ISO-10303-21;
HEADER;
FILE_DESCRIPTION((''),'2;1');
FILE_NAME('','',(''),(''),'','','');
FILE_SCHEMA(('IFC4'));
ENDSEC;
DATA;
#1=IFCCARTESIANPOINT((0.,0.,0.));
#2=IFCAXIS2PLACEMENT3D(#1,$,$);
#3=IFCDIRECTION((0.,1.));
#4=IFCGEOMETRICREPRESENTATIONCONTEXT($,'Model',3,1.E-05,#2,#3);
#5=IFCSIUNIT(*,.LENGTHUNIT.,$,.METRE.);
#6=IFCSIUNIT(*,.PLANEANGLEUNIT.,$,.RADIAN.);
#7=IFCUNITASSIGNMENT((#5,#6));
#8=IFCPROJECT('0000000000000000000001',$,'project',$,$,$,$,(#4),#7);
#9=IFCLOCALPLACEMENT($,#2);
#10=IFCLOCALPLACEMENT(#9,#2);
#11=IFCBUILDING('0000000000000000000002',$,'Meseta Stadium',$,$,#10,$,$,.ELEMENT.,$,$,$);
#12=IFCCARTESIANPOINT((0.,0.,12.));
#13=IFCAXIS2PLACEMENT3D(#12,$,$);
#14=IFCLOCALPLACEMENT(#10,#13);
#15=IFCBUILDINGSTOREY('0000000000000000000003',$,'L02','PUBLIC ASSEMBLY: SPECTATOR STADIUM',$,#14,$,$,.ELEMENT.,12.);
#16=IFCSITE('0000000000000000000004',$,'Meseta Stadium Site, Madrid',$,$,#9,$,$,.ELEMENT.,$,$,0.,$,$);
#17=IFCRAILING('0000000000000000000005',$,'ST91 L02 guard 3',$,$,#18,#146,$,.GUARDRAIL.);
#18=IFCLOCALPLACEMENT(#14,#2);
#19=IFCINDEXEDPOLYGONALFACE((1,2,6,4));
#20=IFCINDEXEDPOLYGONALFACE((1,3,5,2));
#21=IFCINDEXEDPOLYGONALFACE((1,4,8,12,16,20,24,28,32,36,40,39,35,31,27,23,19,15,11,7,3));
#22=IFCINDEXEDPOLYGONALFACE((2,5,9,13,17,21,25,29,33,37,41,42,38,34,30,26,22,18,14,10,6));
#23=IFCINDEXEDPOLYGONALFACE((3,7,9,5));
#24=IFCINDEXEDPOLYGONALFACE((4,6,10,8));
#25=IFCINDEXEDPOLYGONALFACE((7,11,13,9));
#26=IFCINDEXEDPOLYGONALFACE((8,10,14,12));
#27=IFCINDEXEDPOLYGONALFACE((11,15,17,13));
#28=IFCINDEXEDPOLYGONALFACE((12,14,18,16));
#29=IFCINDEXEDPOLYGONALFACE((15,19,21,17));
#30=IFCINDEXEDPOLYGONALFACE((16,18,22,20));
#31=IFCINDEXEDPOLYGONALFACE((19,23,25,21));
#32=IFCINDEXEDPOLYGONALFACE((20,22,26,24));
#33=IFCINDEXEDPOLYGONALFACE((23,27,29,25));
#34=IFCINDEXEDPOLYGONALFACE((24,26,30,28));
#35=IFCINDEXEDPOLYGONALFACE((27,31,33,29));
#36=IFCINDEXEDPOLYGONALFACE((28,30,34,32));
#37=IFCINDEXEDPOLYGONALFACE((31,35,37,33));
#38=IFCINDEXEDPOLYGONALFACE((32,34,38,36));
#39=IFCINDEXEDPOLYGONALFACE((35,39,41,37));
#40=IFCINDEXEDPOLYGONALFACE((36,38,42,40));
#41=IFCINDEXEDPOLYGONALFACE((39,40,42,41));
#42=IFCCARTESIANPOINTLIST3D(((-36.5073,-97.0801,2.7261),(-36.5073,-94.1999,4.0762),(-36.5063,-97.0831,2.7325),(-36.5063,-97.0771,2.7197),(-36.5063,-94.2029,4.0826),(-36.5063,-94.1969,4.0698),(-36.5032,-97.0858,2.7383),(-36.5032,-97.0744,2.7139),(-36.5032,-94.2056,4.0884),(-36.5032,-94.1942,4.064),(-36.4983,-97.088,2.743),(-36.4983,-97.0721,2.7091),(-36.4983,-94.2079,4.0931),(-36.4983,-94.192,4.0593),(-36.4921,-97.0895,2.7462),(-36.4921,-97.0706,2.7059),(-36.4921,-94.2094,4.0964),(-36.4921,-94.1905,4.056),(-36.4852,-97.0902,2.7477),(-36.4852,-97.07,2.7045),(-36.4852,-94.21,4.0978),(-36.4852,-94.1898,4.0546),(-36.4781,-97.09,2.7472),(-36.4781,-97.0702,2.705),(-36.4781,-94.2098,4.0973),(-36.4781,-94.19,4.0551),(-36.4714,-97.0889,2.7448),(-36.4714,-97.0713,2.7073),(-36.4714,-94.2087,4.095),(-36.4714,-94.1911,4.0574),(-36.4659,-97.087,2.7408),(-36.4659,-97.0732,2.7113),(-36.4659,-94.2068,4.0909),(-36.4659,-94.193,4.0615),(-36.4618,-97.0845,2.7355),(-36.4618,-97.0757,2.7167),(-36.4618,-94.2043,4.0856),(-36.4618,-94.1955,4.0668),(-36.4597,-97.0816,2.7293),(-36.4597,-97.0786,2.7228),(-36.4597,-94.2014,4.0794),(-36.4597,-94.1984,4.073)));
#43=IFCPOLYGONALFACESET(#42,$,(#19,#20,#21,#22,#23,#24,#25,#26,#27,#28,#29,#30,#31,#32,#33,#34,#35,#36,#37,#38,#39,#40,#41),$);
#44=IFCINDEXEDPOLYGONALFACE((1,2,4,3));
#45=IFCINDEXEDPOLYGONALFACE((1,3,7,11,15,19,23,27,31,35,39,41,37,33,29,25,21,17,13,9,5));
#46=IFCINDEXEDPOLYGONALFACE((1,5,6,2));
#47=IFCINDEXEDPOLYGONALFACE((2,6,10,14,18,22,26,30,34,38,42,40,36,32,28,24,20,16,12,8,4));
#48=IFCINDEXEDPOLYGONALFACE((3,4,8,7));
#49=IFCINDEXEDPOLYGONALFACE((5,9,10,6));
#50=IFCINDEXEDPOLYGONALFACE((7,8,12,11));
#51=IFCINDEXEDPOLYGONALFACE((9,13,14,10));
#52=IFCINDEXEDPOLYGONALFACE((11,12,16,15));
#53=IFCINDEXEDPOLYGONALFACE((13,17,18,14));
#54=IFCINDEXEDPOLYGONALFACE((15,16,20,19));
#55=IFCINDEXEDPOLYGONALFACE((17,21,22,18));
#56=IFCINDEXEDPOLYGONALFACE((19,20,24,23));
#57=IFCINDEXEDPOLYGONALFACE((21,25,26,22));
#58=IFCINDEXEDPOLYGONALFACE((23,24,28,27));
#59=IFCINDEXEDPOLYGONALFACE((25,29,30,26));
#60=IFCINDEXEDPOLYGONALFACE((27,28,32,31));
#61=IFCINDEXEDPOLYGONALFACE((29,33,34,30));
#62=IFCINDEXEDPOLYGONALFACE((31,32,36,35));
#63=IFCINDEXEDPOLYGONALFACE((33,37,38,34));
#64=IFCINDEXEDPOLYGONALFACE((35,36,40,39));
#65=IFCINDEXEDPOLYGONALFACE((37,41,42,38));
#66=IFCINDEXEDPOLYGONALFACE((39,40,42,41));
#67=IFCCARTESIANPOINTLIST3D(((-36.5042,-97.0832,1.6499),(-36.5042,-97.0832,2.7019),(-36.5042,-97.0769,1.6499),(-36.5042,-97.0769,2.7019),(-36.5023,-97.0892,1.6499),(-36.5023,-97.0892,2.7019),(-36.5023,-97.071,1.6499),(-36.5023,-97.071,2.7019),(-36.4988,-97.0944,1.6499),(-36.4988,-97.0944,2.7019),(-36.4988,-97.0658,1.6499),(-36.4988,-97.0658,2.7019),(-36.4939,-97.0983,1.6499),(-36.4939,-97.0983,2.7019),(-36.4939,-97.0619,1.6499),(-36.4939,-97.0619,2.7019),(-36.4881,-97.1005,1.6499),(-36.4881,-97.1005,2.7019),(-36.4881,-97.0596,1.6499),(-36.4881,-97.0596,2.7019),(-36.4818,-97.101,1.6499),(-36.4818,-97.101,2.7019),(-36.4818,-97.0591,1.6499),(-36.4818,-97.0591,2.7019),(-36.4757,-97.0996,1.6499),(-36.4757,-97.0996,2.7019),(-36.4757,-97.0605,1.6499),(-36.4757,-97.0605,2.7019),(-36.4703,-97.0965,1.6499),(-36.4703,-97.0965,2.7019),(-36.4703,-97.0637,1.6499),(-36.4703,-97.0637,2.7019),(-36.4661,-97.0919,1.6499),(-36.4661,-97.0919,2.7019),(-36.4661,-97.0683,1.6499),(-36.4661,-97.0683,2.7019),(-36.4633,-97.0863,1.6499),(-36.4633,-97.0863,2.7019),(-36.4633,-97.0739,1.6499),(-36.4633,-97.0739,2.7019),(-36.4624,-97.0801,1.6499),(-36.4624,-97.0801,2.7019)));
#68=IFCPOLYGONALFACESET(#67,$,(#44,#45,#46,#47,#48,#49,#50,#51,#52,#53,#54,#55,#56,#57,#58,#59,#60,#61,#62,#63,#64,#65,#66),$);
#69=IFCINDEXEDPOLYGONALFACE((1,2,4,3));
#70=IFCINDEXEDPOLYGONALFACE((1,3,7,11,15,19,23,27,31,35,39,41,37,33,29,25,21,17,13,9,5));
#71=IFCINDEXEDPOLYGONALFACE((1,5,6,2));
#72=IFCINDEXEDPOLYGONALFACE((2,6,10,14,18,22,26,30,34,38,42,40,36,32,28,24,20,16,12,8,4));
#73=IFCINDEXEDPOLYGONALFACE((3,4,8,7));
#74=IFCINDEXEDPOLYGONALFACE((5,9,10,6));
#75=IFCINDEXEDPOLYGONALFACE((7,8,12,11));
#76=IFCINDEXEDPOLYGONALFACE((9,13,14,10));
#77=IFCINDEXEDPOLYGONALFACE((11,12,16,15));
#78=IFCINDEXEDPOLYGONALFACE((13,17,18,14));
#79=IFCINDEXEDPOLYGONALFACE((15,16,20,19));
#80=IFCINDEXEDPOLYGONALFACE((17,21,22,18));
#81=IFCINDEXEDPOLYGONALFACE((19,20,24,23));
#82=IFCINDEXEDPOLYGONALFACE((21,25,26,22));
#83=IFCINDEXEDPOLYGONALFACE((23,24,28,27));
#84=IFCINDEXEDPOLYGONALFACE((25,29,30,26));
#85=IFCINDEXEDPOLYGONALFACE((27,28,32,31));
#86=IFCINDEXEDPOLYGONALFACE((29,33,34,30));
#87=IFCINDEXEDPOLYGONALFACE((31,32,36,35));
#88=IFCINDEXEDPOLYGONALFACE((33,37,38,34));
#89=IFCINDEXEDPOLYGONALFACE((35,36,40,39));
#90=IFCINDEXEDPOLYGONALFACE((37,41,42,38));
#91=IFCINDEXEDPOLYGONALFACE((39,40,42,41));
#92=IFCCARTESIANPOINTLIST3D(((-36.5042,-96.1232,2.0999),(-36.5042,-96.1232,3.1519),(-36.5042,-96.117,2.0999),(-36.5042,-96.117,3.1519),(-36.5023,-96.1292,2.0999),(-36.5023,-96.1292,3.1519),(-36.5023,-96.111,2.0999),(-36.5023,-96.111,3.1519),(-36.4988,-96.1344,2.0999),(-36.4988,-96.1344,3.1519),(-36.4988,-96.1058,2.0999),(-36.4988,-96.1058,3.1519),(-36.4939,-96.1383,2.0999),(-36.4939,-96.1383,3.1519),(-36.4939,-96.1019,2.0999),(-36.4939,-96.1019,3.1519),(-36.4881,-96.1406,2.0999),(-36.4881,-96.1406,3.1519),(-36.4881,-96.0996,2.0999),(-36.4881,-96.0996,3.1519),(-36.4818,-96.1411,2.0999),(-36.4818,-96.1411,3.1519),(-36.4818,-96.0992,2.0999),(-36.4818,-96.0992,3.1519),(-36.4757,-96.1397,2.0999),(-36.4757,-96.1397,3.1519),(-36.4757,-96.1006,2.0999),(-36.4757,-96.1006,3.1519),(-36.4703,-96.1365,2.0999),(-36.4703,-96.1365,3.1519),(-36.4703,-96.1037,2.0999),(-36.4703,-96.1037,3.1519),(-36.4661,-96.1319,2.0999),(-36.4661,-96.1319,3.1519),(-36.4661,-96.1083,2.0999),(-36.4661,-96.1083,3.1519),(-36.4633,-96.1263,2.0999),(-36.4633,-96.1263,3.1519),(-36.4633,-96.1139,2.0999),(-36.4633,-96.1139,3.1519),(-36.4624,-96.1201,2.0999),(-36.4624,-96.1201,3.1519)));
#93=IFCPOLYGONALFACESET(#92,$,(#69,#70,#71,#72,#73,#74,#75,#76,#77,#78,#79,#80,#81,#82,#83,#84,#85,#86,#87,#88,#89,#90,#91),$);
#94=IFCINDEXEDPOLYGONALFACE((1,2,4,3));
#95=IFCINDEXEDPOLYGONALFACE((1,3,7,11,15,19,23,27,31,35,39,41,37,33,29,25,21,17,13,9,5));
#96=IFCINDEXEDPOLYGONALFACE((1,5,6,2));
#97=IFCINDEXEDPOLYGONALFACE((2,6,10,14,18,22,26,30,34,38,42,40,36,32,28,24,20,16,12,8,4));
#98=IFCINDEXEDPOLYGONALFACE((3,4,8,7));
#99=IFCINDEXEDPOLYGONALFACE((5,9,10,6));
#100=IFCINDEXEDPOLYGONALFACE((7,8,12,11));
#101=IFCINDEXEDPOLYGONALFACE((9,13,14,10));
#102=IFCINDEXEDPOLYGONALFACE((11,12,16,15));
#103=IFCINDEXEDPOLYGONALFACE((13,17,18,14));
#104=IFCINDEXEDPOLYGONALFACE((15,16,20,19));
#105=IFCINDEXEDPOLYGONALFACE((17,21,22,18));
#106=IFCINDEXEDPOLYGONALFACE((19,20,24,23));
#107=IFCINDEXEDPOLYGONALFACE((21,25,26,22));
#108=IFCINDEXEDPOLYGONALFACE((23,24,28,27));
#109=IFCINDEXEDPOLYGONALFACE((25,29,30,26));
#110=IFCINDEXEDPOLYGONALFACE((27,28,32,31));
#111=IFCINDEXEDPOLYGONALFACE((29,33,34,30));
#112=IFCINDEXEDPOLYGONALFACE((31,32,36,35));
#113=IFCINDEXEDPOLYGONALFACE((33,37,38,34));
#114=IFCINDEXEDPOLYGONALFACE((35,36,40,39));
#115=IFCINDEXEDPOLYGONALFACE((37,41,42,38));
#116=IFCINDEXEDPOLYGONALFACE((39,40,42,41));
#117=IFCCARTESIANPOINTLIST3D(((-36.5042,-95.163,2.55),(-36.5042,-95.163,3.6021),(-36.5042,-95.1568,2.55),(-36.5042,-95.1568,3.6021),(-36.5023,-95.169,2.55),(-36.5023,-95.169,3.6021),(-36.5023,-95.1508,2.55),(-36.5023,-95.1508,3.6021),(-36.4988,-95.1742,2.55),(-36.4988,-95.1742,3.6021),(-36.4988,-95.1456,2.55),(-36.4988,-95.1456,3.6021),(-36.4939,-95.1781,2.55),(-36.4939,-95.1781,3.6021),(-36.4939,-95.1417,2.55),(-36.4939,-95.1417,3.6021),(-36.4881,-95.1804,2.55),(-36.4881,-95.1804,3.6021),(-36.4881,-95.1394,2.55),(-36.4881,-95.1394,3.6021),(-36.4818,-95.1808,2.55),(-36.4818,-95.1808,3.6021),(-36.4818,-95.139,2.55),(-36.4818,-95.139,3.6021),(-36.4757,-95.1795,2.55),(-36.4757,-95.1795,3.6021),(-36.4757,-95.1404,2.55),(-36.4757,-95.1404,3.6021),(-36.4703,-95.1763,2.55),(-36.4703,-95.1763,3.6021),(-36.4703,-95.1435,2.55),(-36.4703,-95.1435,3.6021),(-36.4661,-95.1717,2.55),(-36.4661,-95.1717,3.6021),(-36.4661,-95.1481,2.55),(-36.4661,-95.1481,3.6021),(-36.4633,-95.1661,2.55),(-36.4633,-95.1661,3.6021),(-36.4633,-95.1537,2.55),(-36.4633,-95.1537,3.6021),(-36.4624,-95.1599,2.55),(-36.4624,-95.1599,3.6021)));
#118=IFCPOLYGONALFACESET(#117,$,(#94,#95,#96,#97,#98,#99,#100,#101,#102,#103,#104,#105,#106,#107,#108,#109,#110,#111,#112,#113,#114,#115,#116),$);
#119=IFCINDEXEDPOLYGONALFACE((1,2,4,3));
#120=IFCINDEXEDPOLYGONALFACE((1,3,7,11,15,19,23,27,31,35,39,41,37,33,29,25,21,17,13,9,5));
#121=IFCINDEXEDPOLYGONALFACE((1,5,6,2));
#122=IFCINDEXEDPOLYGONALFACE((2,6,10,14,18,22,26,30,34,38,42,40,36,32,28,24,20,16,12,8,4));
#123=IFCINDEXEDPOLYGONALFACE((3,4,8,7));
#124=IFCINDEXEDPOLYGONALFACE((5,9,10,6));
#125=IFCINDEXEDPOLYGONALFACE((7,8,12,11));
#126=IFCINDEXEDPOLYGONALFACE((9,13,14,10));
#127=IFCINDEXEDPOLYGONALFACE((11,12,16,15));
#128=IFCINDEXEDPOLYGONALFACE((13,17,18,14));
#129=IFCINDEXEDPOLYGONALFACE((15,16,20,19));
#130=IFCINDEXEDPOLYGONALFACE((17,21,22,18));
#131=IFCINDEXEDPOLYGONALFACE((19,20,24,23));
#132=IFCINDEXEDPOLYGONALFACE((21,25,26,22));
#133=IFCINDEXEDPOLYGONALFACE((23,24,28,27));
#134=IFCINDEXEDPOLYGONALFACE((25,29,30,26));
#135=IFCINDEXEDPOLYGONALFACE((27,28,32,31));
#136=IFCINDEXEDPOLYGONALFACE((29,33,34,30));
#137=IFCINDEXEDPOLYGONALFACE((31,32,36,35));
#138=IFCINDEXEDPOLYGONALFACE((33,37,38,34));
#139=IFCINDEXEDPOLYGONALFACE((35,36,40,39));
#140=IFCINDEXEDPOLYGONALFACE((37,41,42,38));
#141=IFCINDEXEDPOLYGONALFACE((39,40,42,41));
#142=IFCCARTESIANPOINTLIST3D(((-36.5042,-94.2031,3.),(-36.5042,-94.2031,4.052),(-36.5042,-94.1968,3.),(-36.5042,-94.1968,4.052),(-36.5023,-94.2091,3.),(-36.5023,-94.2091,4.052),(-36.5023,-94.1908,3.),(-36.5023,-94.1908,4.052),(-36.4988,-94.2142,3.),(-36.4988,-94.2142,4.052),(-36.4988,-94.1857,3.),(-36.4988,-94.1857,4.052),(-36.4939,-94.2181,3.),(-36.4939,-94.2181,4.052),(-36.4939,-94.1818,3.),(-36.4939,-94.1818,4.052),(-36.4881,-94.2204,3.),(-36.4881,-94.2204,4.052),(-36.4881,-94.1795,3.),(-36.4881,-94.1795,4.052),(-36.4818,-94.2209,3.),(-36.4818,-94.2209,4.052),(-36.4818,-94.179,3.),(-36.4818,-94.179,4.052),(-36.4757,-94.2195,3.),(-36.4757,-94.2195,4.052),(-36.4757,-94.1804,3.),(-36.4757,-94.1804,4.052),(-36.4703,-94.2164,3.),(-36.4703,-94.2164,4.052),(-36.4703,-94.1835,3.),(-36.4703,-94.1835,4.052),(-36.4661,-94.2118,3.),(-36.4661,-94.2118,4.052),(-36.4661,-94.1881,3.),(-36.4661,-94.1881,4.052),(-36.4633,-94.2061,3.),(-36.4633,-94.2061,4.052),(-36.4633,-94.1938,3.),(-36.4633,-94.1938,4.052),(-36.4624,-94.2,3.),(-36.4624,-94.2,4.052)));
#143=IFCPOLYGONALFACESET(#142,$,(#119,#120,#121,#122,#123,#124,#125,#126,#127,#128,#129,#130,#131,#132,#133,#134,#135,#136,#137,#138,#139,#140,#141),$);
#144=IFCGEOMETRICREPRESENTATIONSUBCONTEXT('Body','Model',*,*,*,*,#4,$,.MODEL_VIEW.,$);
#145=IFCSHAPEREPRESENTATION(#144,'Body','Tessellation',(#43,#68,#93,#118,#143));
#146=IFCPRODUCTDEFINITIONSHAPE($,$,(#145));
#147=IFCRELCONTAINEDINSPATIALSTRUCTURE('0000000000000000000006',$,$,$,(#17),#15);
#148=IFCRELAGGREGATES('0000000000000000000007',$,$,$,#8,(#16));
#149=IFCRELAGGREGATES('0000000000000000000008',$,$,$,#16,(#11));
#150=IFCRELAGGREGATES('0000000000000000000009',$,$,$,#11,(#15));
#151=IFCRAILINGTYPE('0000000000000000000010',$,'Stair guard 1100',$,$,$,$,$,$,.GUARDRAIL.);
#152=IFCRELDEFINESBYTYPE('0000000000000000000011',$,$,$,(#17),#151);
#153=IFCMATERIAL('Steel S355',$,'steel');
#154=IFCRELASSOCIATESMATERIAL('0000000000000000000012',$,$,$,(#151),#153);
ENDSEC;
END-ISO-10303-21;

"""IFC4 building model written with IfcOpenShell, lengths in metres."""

from ifc_helpers import new_model, si_unit, direction, frame, origin, origin_2d, place, context, subcontext, project, spatial, circle, extrude, material, type_object, element, save


model = new_model("IFC4")

# Units and contexts
model_context = context("Model", 3, precision=1e-05, world=origin(), true_north=direction((0.0, 1.0)))
body_context = subcontext(model_context, "Body", "Model", "MODEL_VIEW")
ifc_project = project(units=[si_unit("LENGTHUNIT", "METRE"), si_unit("PLANEANGLEUNIT", "RADIAN")], contexts=[model_context])

# Site, building, storey
site_placement = place(None, origin())
site = spatial("IfcSite", under=ifc_project, at=site_placement, Name="Meseta Stadium Site, Madrid", CompositionType="ELEMENT", RefElevation=0.0)
building_placement = place(site_placement, origin())
building = spatial("IfcBuilding", under=site, at=building_placement, Name="Meseta Stadium", CompositionType="ELEMENT")
storey_placement = place(building_placement, frame((0.0, 0.0, 12.0)))
storey = spatial("IfcBuildingStorey", under=building, at=storey_placement, Name="L02", Description="PUBLIC ASSEMBLY: SPECTATOR STADIUM", CompositionType="ELEMENT", Elevation=12.0)

# Railing
ifc_material_1 = material(Name="Steel S355", Category="steel")
railing_type_1 = type_object("IfcRailingType", Name="Stair guard 1100", PredefinedType="GUARDRAIL", material=ifc_material_1)
railing_1_placement = place(storey_placement, frame((-36.4834, -97.0801, 1.6499)))
element("IfcRailing", 1, at=railing_1_placement, inside=storey, type_object=railing_type_1, Name="ST91 L02 guard 3", PredefinedType="GUARDRAIL", context=body_context, shape_type="SweptSolid", body=[
    extrude(circle(Radius=0.0239, at=origin_2d()), frame((0.0, 0.0, 1.0762), z_axis=(0.0, 0.905454, 0.424444), x_axis=(-1.0, 0.0, 0.0)), (0.0, 0.0, 1.0), 3.1809),
    extrude(circle(Radius=0.021, at=origin_2d()), origin(), (0.0, 0.0, 1.0), 1.052),
    extrude(circle(Radius=0.021, at=origin_2d()), frame((0.0, 0.96, 0.45)), (0.0, 0.0, 1.0), 1.052),
    extrude(circle(Radius=0.021, at=origin_2d()), frame((0.0, 1.9202, 0.9001)), (0.0, 0.0, 1.0), 1.052),
    extrude(circle(Radius=0.021, at=origin_2d()), frame((0.0, 2.8801, 1.3501)), (0.0, 0.0, 1.0), 1.052),
])

save(model, "model.ifc")
